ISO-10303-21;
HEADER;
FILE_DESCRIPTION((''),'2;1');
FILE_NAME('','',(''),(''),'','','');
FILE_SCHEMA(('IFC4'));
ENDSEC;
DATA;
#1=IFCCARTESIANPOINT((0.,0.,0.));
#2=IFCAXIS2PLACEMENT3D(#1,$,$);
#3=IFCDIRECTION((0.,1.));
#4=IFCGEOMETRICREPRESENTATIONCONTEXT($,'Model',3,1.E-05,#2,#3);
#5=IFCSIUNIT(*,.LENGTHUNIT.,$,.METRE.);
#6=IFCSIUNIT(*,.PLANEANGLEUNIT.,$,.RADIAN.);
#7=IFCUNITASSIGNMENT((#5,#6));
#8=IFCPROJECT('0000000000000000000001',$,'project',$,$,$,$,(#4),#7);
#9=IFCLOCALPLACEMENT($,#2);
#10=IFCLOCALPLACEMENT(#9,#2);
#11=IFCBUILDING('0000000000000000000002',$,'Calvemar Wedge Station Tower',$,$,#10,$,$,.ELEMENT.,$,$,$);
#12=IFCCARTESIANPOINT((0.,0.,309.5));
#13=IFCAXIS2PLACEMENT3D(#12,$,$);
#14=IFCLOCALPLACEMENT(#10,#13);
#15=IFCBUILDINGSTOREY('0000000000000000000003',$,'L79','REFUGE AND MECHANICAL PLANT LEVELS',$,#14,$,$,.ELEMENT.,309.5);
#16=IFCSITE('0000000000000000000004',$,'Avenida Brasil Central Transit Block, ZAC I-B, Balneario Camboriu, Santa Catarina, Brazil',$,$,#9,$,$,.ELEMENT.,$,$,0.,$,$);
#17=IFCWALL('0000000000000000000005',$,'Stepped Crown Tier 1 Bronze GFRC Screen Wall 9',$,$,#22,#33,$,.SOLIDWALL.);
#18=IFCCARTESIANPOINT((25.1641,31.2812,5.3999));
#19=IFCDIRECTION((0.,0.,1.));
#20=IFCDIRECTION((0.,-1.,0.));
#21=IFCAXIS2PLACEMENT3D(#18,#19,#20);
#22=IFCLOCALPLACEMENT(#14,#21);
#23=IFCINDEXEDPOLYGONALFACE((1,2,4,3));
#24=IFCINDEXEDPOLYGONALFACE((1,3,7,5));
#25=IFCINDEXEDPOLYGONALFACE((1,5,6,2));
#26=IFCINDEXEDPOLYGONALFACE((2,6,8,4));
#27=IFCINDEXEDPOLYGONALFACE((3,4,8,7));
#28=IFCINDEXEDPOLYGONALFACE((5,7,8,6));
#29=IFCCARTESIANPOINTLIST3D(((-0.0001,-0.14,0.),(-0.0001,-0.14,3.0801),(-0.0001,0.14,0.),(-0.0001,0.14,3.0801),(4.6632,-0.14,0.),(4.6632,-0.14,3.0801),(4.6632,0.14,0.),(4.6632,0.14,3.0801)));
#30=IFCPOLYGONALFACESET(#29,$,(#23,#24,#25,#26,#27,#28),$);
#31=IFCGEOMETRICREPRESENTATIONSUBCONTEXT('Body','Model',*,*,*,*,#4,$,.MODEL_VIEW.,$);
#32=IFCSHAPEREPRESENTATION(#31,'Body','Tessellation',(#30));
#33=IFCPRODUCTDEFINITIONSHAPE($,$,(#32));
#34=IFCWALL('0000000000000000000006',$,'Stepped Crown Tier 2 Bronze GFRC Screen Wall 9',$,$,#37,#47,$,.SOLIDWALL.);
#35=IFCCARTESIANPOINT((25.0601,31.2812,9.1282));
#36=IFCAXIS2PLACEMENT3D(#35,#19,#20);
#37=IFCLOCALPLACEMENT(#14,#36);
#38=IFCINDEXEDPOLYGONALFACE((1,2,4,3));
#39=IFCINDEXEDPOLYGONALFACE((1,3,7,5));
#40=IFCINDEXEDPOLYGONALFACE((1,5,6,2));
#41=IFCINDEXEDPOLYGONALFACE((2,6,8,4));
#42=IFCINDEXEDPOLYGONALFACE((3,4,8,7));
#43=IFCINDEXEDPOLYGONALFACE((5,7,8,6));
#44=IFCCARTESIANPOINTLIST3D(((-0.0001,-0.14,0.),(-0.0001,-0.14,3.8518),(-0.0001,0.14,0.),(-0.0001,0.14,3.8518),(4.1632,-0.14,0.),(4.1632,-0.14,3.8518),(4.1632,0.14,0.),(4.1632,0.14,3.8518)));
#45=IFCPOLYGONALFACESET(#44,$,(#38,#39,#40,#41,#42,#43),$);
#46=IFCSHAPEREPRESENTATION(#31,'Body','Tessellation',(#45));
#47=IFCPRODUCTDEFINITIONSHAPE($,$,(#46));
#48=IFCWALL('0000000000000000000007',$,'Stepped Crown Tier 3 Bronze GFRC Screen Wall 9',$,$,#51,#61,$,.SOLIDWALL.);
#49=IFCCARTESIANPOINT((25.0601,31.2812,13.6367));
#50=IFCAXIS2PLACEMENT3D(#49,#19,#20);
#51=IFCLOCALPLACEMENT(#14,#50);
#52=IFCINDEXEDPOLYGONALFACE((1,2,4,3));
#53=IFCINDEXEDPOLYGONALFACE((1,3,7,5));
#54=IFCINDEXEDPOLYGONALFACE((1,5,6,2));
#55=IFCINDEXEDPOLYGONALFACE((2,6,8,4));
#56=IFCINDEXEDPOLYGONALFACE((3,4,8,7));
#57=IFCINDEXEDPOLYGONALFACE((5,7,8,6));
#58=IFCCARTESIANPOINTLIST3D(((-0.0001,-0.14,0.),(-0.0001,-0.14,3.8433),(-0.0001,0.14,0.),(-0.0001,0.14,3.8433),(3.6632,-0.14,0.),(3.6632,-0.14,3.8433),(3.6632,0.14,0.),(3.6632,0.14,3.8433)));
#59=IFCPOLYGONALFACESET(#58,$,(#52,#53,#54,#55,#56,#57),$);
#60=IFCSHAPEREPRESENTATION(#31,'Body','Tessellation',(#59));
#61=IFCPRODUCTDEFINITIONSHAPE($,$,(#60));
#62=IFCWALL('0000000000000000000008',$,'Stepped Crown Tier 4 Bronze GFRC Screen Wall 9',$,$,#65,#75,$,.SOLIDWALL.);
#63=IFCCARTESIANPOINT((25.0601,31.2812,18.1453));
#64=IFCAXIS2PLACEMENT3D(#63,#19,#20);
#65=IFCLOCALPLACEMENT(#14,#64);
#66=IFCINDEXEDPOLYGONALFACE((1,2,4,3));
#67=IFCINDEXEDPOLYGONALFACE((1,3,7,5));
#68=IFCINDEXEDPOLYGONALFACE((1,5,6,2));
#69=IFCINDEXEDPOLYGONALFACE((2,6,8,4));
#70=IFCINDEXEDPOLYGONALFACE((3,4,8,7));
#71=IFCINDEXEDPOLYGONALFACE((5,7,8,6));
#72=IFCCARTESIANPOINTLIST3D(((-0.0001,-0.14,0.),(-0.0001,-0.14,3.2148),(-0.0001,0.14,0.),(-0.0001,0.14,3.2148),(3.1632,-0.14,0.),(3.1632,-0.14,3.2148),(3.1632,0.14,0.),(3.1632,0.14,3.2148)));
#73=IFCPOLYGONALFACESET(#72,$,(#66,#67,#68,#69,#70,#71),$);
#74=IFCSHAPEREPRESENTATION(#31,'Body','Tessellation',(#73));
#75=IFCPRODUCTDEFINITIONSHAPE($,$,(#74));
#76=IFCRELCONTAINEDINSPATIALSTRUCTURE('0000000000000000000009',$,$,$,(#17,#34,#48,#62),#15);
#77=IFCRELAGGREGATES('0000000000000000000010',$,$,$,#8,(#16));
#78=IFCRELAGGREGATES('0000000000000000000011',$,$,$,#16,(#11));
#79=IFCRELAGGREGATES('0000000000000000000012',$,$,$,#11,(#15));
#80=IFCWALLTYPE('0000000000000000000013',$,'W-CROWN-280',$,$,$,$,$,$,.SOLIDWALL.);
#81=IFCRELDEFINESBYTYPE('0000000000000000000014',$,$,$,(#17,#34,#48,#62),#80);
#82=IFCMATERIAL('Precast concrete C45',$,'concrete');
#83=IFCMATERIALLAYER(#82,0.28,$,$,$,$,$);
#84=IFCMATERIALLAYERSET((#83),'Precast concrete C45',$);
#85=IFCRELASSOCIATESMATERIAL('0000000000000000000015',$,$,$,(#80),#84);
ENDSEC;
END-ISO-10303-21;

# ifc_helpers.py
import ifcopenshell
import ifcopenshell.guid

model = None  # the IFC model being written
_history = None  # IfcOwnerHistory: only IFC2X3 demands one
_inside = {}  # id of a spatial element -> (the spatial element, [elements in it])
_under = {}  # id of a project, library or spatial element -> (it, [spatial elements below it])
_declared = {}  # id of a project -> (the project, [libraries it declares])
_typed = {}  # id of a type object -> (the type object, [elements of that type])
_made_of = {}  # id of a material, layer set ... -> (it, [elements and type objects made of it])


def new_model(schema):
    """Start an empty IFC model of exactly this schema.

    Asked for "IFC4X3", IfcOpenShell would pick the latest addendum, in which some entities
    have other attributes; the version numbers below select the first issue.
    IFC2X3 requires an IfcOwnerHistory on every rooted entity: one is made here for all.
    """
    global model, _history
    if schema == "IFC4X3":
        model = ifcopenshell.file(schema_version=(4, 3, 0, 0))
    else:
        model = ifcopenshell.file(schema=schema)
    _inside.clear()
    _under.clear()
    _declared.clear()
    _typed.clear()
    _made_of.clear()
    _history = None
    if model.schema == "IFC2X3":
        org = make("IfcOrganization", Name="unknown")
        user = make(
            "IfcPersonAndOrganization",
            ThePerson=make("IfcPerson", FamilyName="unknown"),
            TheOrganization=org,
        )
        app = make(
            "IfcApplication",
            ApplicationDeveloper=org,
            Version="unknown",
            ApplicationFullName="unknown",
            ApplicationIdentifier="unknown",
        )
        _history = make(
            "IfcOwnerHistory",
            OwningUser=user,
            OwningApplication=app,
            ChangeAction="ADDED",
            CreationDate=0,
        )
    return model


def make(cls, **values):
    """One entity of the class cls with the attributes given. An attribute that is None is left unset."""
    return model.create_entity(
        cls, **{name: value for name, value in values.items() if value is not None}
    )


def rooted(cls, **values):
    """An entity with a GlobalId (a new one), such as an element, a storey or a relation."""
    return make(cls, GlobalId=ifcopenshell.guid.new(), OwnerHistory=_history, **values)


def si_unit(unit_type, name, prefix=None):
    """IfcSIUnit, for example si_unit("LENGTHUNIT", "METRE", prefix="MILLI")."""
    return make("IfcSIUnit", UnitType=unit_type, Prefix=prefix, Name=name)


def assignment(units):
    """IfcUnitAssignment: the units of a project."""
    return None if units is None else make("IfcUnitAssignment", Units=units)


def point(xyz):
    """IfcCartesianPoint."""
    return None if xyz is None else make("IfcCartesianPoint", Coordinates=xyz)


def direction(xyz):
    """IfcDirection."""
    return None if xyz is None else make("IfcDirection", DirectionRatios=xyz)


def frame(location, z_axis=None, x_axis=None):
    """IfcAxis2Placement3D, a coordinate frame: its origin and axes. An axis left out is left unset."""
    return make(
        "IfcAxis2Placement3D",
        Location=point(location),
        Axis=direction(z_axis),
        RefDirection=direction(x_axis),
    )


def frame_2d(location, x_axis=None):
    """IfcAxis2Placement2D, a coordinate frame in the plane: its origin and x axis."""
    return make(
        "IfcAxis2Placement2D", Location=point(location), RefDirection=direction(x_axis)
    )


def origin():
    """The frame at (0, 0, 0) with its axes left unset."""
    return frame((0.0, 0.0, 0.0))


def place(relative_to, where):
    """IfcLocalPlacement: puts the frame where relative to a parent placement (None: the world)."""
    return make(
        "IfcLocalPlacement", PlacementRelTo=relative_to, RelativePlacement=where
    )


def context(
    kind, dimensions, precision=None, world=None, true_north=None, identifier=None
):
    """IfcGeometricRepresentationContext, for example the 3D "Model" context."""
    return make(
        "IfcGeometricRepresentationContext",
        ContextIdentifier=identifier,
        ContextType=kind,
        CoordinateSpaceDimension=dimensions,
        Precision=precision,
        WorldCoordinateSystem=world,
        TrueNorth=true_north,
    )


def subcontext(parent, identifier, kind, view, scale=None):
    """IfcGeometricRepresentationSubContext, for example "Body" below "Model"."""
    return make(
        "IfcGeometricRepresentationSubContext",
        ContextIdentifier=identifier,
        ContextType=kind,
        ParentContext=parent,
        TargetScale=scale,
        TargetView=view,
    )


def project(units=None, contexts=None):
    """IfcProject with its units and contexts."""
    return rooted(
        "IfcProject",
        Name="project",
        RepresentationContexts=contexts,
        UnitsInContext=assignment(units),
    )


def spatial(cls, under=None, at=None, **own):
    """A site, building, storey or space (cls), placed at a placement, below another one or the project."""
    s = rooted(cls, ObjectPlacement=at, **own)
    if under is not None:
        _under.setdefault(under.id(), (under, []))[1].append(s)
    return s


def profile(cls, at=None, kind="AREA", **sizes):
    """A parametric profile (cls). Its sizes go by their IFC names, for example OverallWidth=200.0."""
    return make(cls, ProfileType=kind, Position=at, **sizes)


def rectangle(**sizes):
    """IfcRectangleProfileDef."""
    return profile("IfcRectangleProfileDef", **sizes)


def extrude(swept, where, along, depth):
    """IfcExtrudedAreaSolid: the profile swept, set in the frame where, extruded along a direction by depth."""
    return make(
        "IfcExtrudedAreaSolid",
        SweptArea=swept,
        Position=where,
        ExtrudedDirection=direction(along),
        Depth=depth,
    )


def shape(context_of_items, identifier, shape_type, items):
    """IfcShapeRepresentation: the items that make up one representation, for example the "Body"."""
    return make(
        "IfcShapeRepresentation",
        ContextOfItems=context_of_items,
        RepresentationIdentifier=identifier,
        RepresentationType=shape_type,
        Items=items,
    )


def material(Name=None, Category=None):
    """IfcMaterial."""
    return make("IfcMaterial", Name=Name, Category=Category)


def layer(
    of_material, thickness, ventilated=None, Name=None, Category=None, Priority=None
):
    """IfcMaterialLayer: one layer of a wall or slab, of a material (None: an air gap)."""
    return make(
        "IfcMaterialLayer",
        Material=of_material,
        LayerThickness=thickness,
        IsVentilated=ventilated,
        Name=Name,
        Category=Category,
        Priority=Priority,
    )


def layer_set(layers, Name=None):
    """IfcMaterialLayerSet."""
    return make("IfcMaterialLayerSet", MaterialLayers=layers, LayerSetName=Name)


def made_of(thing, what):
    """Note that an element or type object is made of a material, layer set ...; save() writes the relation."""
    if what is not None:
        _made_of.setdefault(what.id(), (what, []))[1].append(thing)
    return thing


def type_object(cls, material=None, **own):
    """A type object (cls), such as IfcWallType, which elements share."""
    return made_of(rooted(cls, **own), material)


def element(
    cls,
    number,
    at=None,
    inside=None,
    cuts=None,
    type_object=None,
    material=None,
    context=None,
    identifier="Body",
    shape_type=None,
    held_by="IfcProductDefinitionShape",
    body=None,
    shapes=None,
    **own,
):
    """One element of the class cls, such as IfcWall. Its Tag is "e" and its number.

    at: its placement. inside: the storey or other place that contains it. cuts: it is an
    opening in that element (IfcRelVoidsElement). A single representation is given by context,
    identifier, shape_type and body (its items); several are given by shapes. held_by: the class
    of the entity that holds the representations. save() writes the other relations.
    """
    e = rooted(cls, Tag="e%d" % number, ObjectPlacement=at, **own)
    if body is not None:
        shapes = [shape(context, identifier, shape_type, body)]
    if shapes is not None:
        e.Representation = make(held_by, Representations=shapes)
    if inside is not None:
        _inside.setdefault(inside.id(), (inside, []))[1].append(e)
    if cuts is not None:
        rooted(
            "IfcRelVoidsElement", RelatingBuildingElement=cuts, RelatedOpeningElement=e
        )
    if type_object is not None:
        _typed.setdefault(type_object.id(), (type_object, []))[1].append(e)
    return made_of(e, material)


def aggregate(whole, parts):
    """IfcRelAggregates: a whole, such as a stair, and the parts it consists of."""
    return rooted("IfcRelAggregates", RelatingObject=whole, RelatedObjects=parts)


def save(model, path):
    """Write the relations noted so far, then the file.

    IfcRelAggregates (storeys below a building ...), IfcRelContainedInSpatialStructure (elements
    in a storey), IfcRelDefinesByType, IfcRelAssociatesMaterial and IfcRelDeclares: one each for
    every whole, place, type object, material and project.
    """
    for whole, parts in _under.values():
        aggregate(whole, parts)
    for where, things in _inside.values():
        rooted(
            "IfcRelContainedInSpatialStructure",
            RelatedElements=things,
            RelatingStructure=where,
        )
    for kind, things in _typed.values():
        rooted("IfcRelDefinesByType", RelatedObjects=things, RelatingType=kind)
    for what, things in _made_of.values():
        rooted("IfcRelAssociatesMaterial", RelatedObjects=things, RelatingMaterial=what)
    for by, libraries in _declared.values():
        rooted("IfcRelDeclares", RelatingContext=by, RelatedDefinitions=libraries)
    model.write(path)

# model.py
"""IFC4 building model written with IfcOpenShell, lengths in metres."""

from ifc_helpers import new_model, si_unit, direction, frame, frame_2d, origin, place, context, subcontext, project, spatial, rectangle, extrude, material, layer, layer_set, type_object, element, save


model = new_model("IFC4")

# Units and contexts
model_context = context("Model", 3, precision=1e-05, world=origin(), true_north=direction((0.0, 1.0)))
body_context = subcontext(model_context, "Body", "Model", "MODEL_VIEW")
ifc_project = project(units=[si_unit("LENGTHUNIT", "METRE"), si_unit("PLANEANGLEUNIT", "RADIAN")], contexts=[model_context])

# Site, building, storey
site_placement = place(None, origin())
site = spatial("IfcSite", under=ifc_project, at=site_placement, Name="Avenida Brasil Central Transit Block, ZAC I-B, Balneario Camboriu, Santa Catarina, Brazil", CompositionType="ELEMENT", RefElevation=0.0)
building_placement = place(site_placement, origin())
building = spatial("IfcBuilding", under=site, at=building_placement, Name="Calvemar Wedge Station Tower", CompositionType="ELEMENT")
storey_placement = place(building_placement, frame((0.0, 0.0, 309.5)))
storey = spatial("IfcBuildingStorey", under=building, at=storey_placement, Name="L79", Description="REFUGE AND MECHANICAL PLANT LEVELS", CompositionType="ELEMENT", Elevation=309.5)

# Walls
ifc_material_1 = material(Name="Precast concrete C45", Category="concrete")
ifc_layer_1 = layer(ifc_material_1, 0.28)
ifc_layer_set_1 = layer_set([ifc_layer_1], Name="Precast concrete C45")
wall_type_1 = type_object("IfcWallType", Name="W-CROWN-280", PredefinedType="SOLIDWALL", material=ifc_layer_set_1)
wall_1_placement = place(storey_placement, frame((25.1641, 31.2812, 5.3999), z_axis=(0.0, 0.0, 1.0), x_axis=(0.0, -1.0, 0.0)))
element("IfcWall", 1, at=wall_1_placement, inside=storey, type_object=wall_type_1, Name="Stepped Crown Tier 1 Bronze GFRC Screen Wall 9", PredefinedType="SOLIDWALL", context=body_context, shape_type="SweptSolid", body=[
    extrude(rectangle(XDim=4.6633, YDim=0.28, at=frame_2d((2.3315, 0.0))), origin(), (0.0, 0.0, 1.0), 3.0801),
])
wall_2_placement = place(storey_placement, frame((25.0601, 31.2812, 9.1282), z_axis=(0.0, 0.0, 1.0), x_axis=(0.0, -1.0, 0.0)))
element("IfcWall", 2, at=wall_2_placement, inside=storey, type_object=wall_type_1, Name="Stepped Crown Tier 2 Bronze GFRC Screen Wall 9", PredefinedType="SOLIDWALL", context=body_context, shape_type="SweptSolid", body=[
    extrude(rectangle(XDim=4.1633, YDim=0.28, at=frame_2d((2.0815, 0.0))), origin(), (0.0, 0.0, 1.0), 3.8518),
])
wall_3_placement = place(storey_placement, frame((25.0601, 31.2812, 13.6367), z_axis=(0.0, 0.0, 1.0), x_axis=(0.0, -1.0, 0.0)))
element("IfcWall", 3, at=wall_3_placement, inside=storey, type_object=wall_type_1, Name="Stepped Crown Tier 3 Bronze GFRC Screen Wall 9", PredefinedType="SOLIDWALL", context=body_context, shape_type="SweptSolid", body=[
    extrude(rectangle(XDim=3.6633, YDim=0.28, at=frame_2d((1.8315, 0.0))), origin(), (0.0, 0.0, 1.0), 3.8433),
])
wall_4_placement = place(storey_placement, frame((25.0601, 31.2812, 18.1453), z_axis=(0.0, 0.0, 1.0), x_axis=(0.0, -1.0, 0.0)))
element("IfcWall", 4, at=wall_4_placement, inside=storey, type_object=wall_type_1, Name="Stepped Crown Tier 4 Bronze GFRC Screen Wall 9", PredefinedType="SOLIDWALL", context=body_context, shape_type="SweptSolid", body=[
    extrude(rectangle(XDim=3.1633, YDim=0.28, at=frame_2d((1.5815, 0.0))), origin(), (0.0, 0.0, 1.0), 3.2148),
])

save(model, "model.ifc")
